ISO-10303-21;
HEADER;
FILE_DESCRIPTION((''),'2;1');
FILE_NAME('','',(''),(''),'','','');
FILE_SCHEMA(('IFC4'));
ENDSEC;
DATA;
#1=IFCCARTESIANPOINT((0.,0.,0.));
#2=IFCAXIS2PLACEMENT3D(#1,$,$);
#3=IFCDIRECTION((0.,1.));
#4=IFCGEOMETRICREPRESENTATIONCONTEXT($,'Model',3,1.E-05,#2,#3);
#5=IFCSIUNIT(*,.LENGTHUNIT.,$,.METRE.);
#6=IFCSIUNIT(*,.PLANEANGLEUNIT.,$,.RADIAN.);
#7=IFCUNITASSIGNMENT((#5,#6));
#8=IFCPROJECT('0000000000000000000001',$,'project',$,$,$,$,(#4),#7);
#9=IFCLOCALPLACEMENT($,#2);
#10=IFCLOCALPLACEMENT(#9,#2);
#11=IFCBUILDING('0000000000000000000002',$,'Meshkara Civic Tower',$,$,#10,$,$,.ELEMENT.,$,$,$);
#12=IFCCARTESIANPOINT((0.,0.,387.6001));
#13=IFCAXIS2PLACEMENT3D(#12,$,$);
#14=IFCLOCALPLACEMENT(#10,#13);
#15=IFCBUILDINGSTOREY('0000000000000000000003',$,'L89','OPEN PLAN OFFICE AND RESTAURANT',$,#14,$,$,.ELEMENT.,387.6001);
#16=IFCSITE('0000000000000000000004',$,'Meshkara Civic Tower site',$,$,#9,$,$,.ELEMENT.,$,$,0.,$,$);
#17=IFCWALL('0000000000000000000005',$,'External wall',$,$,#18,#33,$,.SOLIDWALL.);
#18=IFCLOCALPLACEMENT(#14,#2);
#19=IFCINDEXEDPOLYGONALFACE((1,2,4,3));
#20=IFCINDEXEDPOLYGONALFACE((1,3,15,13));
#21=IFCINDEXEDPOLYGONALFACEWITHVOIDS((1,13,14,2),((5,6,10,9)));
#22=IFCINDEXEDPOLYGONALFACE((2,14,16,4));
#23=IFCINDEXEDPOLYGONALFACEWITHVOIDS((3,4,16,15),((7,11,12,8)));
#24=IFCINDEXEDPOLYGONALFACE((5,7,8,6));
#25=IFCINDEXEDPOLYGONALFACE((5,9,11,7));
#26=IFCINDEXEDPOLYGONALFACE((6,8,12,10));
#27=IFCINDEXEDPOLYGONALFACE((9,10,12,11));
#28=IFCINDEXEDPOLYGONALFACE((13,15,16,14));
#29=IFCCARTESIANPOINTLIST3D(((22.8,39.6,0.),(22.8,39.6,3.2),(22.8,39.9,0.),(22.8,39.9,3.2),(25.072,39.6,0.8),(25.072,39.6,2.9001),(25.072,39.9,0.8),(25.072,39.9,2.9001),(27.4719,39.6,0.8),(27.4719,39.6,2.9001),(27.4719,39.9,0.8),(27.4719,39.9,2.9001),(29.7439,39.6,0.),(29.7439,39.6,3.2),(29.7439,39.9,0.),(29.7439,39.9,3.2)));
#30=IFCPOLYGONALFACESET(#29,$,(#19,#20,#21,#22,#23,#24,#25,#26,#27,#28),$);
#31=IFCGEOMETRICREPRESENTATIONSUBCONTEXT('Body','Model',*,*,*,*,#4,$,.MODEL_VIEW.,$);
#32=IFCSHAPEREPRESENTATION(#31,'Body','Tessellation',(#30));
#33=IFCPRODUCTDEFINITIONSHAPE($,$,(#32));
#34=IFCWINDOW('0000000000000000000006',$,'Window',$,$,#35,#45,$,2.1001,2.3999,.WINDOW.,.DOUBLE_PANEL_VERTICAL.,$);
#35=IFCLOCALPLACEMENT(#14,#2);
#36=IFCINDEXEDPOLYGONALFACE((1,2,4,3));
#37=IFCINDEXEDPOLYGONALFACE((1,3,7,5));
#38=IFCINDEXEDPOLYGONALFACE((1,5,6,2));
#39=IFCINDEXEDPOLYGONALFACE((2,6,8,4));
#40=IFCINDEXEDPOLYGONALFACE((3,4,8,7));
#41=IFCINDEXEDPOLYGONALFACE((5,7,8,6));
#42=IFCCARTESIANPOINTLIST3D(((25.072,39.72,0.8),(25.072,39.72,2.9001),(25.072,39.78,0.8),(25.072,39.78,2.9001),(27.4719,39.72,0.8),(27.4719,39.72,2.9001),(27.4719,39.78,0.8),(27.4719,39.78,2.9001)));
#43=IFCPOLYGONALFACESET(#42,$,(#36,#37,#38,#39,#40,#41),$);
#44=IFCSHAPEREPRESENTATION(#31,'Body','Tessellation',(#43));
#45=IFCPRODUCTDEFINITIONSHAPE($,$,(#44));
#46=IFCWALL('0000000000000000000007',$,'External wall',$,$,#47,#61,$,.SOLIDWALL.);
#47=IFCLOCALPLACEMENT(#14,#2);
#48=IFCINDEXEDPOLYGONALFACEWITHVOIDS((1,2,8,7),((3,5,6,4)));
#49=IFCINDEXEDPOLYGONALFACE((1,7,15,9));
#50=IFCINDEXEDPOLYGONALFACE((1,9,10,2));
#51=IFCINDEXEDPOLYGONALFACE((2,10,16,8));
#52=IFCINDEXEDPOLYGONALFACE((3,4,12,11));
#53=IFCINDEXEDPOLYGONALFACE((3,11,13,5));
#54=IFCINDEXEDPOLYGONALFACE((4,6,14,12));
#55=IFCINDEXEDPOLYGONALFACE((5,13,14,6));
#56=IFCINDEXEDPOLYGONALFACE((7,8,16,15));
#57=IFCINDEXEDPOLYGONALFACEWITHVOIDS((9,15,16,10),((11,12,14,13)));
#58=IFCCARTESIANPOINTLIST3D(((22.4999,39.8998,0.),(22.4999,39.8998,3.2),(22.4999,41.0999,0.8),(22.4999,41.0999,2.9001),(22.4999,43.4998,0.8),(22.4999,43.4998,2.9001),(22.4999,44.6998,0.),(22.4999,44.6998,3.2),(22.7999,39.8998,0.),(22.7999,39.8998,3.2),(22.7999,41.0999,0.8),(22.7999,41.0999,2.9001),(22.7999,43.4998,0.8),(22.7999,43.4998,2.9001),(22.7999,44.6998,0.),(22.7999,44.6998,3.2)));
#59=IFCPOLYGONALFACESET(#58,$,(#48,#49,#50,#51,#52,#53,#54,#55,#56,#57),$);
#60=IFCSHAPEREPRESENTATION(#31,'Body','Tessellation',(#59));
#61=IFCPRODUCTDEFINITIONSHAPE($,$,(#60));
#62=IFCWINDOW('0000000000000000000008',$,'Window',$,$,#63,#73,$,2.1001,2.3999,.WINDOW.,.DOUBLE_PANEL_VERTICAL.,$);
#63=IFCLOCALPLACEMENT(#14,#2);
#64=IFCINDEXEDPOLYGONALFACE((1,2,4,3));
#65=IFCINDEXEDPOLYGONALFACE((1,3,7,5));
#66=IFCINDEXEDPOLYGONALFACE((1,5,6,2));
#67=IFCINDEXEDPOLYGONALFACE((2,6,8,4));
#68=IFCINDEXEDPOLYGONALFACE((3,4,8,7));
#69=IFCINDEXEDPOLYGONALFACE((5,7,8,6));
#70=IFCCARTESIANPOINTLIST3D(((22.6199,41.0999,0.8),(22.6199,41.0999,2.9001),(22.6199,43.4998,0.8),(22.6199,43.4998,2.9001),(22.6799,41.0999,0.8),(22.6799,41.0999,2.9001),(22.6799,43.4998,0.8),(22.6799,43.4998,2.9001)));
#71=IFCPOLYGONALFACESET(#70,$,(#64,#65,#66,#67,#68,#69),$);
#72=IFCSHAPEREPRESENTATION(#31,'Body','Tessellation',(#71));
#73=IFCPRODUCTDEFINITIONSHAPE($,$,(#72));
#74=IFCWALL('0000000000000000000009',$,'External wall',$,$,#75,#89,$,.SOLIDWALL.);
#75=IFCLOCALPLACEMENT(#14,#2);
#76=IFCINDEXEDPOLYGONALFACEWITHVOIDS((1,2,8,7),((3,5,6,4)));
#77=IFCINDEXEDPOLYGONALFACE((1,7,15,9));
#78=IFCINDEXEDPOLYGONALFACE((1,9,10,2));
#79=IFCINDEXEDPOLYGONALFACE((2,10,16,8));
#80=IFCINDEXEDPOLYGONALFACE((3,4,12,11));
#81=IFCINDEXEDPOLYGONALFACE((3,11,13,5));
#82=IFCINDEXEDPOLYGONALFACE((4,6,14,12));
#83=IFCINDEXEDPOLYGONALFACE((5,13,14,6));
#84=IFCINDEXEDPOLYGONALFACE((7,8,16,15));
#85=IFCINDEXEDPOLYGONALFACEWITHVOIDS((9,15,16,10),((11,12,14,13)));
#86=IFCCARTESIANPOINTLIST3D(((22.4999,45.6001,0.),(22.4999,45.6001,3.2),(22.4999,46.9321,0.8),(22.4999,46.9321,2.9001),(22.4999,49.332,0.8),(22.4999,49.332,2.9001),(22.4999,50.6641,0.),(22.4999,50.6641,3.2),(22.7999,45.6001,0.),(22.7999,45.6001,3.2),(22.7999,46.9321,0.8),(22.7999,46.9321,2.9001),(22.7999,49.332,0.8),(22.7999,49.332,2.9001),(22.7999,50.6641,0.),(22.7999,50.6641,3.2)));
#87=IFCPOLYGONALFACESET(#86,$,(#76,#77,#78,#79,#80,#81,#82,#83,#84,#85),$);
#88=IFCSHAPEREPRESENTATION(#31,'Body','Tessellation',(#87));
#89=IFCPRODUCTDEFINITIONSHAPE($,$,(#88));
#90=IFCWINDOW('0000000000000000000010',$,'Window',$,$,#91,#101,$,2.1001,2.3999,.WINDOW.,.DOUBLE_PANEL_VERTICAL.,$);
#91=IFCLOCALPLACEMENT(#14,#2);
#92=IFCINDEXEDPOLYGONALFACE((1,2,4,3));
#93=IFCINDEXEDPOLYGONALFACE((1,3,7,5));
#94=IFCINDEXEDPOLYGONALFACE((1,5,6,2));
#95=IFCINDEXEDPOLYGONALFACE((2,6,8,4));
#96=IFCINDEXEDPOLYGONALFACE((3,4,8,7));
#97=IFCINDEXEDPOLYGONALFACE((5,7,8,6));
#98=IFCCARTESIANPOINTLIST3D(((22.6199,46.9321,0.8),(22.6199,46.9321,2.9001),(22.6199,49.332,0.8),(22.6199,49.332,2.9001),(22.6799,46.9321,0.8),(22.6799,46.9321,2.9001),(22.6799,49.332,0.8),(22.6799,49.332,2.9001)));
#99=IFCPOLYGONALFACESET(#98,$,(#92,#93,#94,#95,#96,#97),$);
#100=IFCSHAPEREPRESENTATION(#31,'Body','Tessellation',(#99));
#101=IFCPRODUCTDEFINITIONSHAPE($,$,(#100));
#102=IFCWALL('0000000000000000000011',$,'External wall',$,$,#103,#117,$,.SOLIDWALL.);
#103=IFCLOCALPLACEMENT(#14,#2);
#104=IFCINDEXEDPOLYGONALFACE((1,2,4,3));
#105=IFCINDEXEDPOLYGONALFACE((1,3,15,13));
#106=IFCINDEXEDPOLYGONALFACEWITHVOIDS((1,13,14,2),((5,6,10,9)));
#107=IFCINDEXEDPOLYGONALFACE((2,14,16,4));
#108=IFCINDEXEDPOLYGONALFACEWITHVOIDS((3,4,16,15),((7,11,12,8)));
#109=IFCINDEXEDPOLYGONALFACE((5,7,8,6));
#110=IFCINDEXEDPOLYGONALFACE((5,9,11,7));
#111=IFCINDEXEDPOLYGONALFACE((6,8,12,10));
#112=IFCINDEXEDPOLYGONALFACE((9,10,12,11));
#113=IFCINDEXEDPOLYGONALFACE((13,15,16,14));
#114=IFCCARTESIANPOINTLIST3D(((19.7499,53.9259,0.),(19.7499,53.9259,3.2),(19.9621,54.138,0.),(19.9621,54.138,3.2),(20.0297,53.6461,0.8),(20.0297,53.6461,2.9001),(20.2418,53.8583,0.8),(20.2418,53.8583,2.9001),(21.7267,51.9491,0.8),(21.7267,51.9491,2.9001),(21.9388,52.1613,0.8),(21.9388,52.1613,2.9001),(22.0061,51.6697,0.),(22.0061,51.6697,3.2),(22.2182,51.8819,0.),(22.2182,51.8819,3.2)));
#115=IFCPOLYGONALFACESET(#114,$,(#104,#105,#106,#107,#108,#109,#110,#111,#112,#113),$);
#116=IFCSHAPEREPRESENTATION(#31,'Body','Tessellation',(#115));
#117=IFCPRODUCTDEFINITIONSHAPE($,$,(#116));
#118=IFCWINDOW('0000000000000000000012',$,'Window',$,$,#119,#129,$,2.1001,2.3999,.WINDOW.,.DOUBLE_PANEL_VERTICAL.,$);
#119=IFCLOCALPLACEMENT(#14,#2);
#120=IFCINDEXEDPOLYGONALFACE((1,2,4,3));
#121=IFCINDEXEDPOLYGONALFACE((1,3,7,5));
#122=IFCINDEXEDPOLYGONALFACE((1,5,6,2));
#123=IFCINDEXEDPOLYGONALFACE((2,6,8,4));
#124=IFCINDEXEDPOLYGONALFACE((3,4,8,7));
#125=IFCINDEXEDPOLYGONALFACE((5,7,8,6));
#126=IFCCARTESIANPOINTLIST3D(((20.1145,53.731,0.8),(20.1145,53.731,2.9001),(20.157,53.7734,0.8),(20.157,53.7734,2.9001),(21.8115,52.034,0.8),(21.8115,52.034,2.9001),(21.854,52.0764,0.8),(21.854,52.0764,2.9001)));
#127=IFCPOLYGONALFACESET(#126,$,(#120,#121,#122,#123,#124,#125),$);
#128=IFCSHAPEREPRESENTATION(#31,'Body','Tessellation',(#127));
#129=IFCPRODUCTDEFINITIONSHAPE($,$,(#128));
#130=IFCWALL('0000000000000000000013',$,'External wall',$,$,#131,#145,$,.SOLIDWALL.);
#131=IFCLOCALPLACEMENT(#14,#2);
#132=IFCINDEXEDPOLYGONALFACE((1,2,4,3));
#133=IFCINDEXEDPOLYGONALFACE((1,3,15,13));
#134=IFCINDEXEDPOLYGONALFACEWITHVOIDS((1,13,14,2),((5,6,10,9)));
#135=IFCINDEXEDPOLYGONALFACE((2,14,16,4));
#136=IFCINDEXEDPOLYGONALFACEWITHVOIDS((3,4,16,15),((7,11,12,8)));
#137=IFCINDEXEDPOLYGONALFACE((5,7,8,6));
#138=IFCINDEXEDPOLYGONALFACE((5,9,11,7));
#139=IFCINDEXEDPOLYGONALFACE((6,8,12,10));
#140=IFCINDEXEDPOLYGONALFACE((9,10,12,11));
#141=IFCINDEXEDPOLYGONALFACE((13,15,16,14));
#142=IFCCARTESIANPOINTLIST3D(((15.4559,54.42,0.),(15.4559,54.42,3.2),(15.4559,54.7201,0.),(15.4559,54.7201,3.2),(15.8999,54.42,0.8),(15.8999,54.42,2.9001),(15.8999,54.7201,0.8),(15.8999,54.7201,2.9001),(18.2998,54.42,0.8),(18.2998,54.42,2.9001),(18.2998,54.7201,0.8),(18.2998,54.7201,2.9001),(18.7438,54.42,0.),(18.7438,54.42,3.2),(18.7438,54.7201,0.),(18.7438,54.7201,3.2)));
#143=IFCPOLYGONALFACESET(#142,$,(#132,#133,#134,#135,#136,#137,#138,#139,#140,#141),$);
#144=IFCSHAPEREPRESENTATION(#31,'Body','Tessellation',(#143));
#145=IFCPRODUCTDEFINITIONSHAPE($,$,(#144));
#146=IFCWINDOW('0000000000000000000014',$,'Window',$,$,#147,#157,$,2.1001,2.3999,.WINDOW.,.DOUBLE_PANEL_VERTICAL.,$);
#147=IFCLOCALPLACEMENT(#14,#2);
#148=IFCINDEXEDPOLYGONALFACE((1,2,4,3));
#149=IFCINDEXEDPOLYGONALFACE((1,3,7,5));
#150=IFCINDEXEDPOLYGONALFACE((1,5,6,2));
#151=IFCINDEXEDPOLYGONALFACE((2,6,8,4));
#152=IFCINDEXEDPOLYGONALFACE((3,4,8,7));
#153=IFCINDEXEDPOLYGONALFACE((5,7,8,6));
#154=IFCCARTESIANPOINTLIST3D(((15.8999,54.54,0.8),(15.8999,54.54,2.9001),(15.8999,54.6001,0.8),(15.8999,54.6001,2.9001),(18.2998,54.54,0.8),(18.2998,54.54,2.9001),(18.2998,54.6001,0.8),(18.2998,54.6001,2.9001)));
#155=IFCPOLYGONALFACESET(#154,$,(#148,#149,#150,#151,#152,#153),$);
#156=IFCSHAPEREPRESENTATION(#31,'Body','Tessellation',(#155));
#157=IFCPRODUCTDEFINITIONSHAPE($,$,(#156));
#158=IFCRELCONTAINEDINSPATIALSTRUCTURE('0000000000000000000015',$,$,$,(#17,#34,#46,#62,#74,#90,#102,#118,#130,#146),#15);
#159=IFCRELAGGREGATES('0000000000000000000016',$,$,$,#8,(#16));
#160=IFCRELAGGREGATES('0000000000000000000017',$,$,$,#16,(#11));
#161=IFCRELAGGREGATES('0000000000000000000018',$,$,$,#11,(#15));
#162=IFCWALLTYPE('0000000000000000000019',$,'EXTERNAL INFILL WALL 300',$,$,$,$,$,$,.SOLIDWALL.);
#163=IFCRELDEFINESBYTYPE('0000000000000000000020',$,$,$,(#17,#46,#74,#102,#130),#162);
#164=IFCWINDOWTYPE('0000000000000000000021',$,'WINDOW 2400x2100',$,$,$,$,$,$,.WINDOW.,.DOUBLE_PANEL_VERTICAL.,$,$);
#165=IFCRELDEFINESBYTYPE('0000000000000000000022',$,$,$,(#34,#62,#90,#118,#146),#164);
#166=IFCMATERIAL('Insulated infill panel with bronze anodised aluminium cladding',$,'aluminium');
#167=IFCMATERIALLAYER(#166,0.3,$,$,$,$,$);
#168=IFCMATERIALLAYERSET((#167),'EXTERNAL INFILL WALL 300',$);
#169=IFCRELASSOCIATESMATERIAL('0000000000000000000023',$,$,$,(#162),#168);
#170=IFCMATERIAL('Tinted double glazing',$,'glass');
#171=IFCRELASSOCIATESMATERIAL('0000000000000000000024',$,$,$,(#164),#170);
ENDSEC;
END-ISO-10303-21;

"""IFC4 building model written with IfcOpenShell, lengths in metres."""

from ifc_helpers import new_model, si_unit, direction, frame, frame_2d, origin, place, context, subcontext, project, spatial, rectangle, extrude, material, layer, layer_set, type_object, element, fill, save


model = new_model("IFC4")

# Units and contexts
model_context = context("Model", 3, precision=1e-05, world=origin(), true_north=direction((0.0, 1.0)))
body_context = subcontext(model_context, "Body", "Model", "MODEL_VIEW")
ifc_project = project(units=[si_unit("LENGTHUNIT", "METRE"), si_unit("PLANEANGLEUNIT", "RADIAN")], contexts=[model_context])

# Site, building, storey
site_placement = place(None, origin())
site = spatial("IfcSite", under=ifc_project, at=site_placement, Name="Meshkara Civic Tower site", CompositionType="ELEMENT", RefElevation=0.0)
building_placement = place(site_placement, origin())
building = spatial("IfcBuilding", under=site, at=building_placement, Name="Meshkara Civic Tower", CompositionType="ELEMENT")
storey_placement = place(building_placement, frame((0.0, 0.0, 387.6001)))
storey = spatial("IfcBuildingStorey", under=building, at=storey_placement, Name="L89", Description="OPEN PLAN OFFICE AND RESTAURANT", CompositionType="ELEMENT", Elevation=387.6001)

# Walls, openings, windows
ifc_material_1 = material(Name="Insulated infill panel with bronze anodised aluminium cladding", Category="aluminium")
ifc_layer_1 = layer(ifc_material_1, 0.3)
ifc_layer_set_1 = layer_set([ifc_layer_1], Name="EXTERNAL INFILL WALL 300")
wall_type_1 = type_object("IfcWallType", Name="EXTERNAL INFILL WALL 300", PredefinedType="SOLIDWALL", material=ifc_layer_set_1)
wall_1_placement = place(storey_placement, frame((29.7439, 39.75, 0.0), z_axis=(0.0, 0.0, 1.0), x_axis=(-1.0, 0.0, 0.0)))
wall_1 = element("IfcWall", 1, at=wall_1_placement, inside=storey, type_object=wall_type_1, Name="External wall", PredefinedType="SOLIDWALL", context=body_context, shape_type="SweptSolid", body=[
    extrude(rectangle(XDim=6.9438, YDim=0.3, at=frame_2d((3.4719, 0.0))), origin(), (0.0, 0.0, 1.0), 3.2),
])
opening_1_placement = place(wall_1_placement, frame((2.272, 0.0, 0.8)))
opening_1 = element("IfcOpeningElement", 2, at=opening_1_placement, cuts=wall_1, PredefinedType="OPENING", context=body_context, shape_type="SweptSolid", body=[
    extrude(rectangle(XDim=2.3999, YDim=2.1001, at=frame_2d((1.2, 1.05))), frame((0.0, 0.1599, 0.0), z_axis=(0.0, -1.0, 0.0), x_axis=(1.0, 0.0, 0.0)), (0.0, 0.0, 1.0), 0.3201),
])
ifc_material_2 = material(Name="Tinted double glazing", Category="glass")
window_type = type_object("IfcWindowType", Name="WINDOW 2400x2100", PartitioningType="DOUBLE_PANEL_VERTICAL", PredefinedType="WINDOW", material=ifc_material_2)
window_1_placement = place(opening_1_placement, origin())
window_1 = element("IfcWindow", 3, at=window_1_placement, inside=storey, type_object=window_type, Name="Window", OverallHeight=2.1001, OverallWidth=2.3999, PartitioningType="DOUBLE_PANEL_VERTICAL", PredefinedType="WINDOW", context=body_context, shape_type="SweptSolid", body=[
    extrude(rectangle(XDim=2.3999, YDim=2.1001, at=frame_2d((1.2, 1.05))), frame((0.0, 0.03, 0.0), z_axis=(0.0, -1.0, 0.0), x_axis=(1.0, 0.0, 0.0)), (0.0, 0.0, 1.0), 0.0601),
])
fill(opening_1, window_1)
wall_2_placement = place(storey_placement, frame((22.6499, 39.8999, 0.0), z_axis=(0.0, 0.0, 1.0), x_axis=(0.0, 1.0, 0.0)))
wall_2 = element("IfcWall", 4, at=wall_2_placement, inside=storey, type_object=wall_type_1, Name="External wall", PredefinedType="SOLIDWALL", context=body_context, shape_type="SweptSolid", body=[
    extrude(rectangle(XDim=4.8, YDim=0.3, at=frame_2d((2.3999, 0.0))), origin(), (0.0, 0.0, 1.0), 3.2),
])
opening_2_placement = place(wall_2_placement, frame((1.2, 0.0, 0.8)))
opening_2 = element("IfcOpeningElement", 5, at=opening_2_placement, cuts=wall_2, PredefinedType="OPENING", context=body_context, shape_type="SweptSolid", body=[
    extrude(rectangle(XDim=2.3999, YDim=2.1001, at=frame_2d((1.2, 1.05))), frame((0.0, 0.1599, 0.0), z_axis=(0.0, -1.0, 0.0), x_axis=(1.0, 0.0, 0.0)), (0.0, 0.0, 1.0), 0.3201),
])
window_2_placement = place(opening_2_placement, origin())
window_2 = element("IfcWindow", 6, at=window_2_placement, inside=storey, type_object=window_type, Name="Window", OverallHeight=2.1001, OverallWidth=2.3999, PartitioningType="DOUBLE_PANEL_VERTICAL", PredefinedType="WINDOW", context=body_context, shape_type="SweptSolid", body=[
    extrude(rectangle(XDim=2.3999, YDim=2.1001, at=frame_2d((1.2, 1.05))), frame((0.0, 0.03, 0.0), z_axis=(0.0, -1.0, 0.0), x_axis=(1.0, 0.0, 0.0)), (0.0, 0.0, 1.0), 0.0601),
])
fill(opening_2, window_2)
wall_3_placement = place(storey_placement, frame((22.6499, 45.6001, 0.0), z_axis=(0.0, 0.0, 1.0), x_axis=(0.0, 1.0, 0.0)))
wall_3 = element("IfcWall", 7, at=wall_3_placement, inside=storey, type_object=wall_type_1, Name="External wall", PredefinedType="SOLIDWALL", context=body_context, shape_type="SweptSolid", body=[
    extrude(rectangle(XDim=5.064, YDim=0.3, at=frame_2d((2.532, 0.0))), origin(), (0.0, 0.0, 1.0), 3.2),
])
opening_3_placement = place(wall_3_placement, frame((1.332, 0.0, 0.8)))
opening_3 = element("IfcOpeningElement", 8, at=opening_3_placement, cuts=wall_3, PredefinedType="OPENING", context=body_context, shape_type="SweptSolid", body=[
    extrude(rectangle(XDim=2.3999, YDim=2.1001, at=frame_2d((1.2, 1.05))), frame((0.0, 0.1599, 0.0), z_axis=(0.0, -1.0, 0.0), x_axis=(1.0, 0.0, 0.0)), (0.0, 0.0, 1.0), 0.3201),
])
window_3_placement = place(opening_3_placement, origin())
window_3 = element("IfcWindow", 9, at=window_3_placement, inside=storey, type_object=window_type, Name="Window", OverallHeight=2.1001, OverallWidth=2.3999, PartitioningType="DOUBLE_PANEL_VERTICAL", PredefinedType="WINDOW", context=body_context, shape_type="SweptSolid", body=[
    extrude(rectangle(XDim=2.3999, YDim=2.1001, at=frame_2d((1.2, 1.05))), frame((0.0, 0.03, 0.0), z_axis=(0.0, -1.0, 0.0), x_axis=(1.0, 0.0, 0.0)), (0.0, 0.0, 1.0), 0.0601),
])
fill(opening_3, window_3)
wall_4_placement = place(storey_placement, frame((22.1121, 51.7759, 0.0), z_axis=(0.0, 0.0, 1.0), x_axis=(-0.707107, 0.707107, 0.0)))
wall_4 = element("IfcWall", 10, at=wall_4_placement, inside=storey, type_object=wall_type_1, Name="External wall", PredefinedType="SOLIDWALL", context=body_context, shape_type="SweptSolid", body=[
    extrude(rectangle(XDim=3.1907, YDim=0.3, at=frame_2d((1.5952, 0.0))), origin(), (0.0, 0.0, 1.0), 3.2),
])
opening_4_placement = place(wall_4_placement, frame((0.395, 0.0, 0.8)))
opening_4 = element("IfcOpeningElement", 11, at=opening_4_placement, cuts=wall_4, PredefinedType="OPENING", context=body_context, shape_type="SweptSolid", body=[
    extrude(rectangle(XDim=2.3999, YDim=2.1001, at=frame_2d((1.2, 1.05))), frame((0.0, 0.1599, 0.0), z_axis=(0.0, -1.0, 0.0), x_axis=(1.0, 0.0, 0.0)), (0.0, 0.0, 1.0), 0.3201),
])
window_4_placement = place(opening_4_placement, origin())
window_4 = element("IfcWindow", 12, at=window_4_placement, inside=storey, type_object=window_type, Name="Window", OverallHeight=2.1001, OverallWidth=2.3999, PartitioningType="DOUBLE_PANEL_VERTICAL", PredefinedType="WINDOW", context=body_context, shape_type="SweptSolid", body=[
    extrude(rectangle(XDim=2.3999, YDim=2.1001, at=frame_2d((1.2, 1.05))), frame((0.0, 0.03, 0.0), z_axis=(0.0, -1.0, 0.0), x_axis=(1.0, 0.0, 0.0)), (0.0, 0.0, 1.0), 0.0601),
])
fill(opening_4, window_4)
wall_5_placement = place(storey_placement, frame((18.7439, 54.5701, 0.0), z_axis=(0.0, 0.0, 1.0), x_axis=(-1.0, 0.0, 0.0)))
wall_5 = element("IfcWall", 13, at=wall_5_placement, inside=storey, type_object=wall_type_1, Name="External wall", PredefinedType="SOLIDWALL", context=body_context, shape_type="SweptSolid", body=[
    extrude(rectangle(XDim=3.2878, YDim=0.3, at=frame_2d((1.644, 0.0))), origin(), (0.0, 0.0, 1.0), 3.2),
])
opening_5_placement = place(wall_5_placement, frame((0.4441, 0.0, 0.8)))
opening_5 = element("IfcOpeningElement", 14, at=opening_5_placement, cuts=wall_5, PredefinedType="OPENING", context=body_context, shape_type="SweptSolid", body=[
    extrude(rectangle(XDim=2.3999, YDim=2.1001, at=frame_2d((1.2, 1.05))), frame((0.0, 0.1599, 0.0), z_axis=(0.0, -1.0, 0.0), x_axis=(1.0, 0.0, 0.0)), (0.0, 0.0, 1.0), 0.3201),
])
window_5_placement = place(opening_5_placement, origin())
window_5 = element("IfcWindow", 15, at=window_5_placement, inside=storey, type_object=window_type, Name="Window", OverallHeight=2.1001, OverallWidth=2.3999, PartitioningType="DOUBLE_PANEL_VERTICAL", PredefinedType="WINDOW", context=body_context, shape_type="SweptSolid", body=[
    extrude(rectangle(XDim=2.3999, YDim=2.1001, at=frame_2d((1.2, 1.05))), frame((0.0, 0.03, 0.0), z_axis=(0.0, -1.0, 0.0), x_axis=(1.0, 0.0, 0.0)), (0.0, 0.0, 1.0), 0.0601),
])
fill(opening_5, window_5)

save(model, "model.ifc")
